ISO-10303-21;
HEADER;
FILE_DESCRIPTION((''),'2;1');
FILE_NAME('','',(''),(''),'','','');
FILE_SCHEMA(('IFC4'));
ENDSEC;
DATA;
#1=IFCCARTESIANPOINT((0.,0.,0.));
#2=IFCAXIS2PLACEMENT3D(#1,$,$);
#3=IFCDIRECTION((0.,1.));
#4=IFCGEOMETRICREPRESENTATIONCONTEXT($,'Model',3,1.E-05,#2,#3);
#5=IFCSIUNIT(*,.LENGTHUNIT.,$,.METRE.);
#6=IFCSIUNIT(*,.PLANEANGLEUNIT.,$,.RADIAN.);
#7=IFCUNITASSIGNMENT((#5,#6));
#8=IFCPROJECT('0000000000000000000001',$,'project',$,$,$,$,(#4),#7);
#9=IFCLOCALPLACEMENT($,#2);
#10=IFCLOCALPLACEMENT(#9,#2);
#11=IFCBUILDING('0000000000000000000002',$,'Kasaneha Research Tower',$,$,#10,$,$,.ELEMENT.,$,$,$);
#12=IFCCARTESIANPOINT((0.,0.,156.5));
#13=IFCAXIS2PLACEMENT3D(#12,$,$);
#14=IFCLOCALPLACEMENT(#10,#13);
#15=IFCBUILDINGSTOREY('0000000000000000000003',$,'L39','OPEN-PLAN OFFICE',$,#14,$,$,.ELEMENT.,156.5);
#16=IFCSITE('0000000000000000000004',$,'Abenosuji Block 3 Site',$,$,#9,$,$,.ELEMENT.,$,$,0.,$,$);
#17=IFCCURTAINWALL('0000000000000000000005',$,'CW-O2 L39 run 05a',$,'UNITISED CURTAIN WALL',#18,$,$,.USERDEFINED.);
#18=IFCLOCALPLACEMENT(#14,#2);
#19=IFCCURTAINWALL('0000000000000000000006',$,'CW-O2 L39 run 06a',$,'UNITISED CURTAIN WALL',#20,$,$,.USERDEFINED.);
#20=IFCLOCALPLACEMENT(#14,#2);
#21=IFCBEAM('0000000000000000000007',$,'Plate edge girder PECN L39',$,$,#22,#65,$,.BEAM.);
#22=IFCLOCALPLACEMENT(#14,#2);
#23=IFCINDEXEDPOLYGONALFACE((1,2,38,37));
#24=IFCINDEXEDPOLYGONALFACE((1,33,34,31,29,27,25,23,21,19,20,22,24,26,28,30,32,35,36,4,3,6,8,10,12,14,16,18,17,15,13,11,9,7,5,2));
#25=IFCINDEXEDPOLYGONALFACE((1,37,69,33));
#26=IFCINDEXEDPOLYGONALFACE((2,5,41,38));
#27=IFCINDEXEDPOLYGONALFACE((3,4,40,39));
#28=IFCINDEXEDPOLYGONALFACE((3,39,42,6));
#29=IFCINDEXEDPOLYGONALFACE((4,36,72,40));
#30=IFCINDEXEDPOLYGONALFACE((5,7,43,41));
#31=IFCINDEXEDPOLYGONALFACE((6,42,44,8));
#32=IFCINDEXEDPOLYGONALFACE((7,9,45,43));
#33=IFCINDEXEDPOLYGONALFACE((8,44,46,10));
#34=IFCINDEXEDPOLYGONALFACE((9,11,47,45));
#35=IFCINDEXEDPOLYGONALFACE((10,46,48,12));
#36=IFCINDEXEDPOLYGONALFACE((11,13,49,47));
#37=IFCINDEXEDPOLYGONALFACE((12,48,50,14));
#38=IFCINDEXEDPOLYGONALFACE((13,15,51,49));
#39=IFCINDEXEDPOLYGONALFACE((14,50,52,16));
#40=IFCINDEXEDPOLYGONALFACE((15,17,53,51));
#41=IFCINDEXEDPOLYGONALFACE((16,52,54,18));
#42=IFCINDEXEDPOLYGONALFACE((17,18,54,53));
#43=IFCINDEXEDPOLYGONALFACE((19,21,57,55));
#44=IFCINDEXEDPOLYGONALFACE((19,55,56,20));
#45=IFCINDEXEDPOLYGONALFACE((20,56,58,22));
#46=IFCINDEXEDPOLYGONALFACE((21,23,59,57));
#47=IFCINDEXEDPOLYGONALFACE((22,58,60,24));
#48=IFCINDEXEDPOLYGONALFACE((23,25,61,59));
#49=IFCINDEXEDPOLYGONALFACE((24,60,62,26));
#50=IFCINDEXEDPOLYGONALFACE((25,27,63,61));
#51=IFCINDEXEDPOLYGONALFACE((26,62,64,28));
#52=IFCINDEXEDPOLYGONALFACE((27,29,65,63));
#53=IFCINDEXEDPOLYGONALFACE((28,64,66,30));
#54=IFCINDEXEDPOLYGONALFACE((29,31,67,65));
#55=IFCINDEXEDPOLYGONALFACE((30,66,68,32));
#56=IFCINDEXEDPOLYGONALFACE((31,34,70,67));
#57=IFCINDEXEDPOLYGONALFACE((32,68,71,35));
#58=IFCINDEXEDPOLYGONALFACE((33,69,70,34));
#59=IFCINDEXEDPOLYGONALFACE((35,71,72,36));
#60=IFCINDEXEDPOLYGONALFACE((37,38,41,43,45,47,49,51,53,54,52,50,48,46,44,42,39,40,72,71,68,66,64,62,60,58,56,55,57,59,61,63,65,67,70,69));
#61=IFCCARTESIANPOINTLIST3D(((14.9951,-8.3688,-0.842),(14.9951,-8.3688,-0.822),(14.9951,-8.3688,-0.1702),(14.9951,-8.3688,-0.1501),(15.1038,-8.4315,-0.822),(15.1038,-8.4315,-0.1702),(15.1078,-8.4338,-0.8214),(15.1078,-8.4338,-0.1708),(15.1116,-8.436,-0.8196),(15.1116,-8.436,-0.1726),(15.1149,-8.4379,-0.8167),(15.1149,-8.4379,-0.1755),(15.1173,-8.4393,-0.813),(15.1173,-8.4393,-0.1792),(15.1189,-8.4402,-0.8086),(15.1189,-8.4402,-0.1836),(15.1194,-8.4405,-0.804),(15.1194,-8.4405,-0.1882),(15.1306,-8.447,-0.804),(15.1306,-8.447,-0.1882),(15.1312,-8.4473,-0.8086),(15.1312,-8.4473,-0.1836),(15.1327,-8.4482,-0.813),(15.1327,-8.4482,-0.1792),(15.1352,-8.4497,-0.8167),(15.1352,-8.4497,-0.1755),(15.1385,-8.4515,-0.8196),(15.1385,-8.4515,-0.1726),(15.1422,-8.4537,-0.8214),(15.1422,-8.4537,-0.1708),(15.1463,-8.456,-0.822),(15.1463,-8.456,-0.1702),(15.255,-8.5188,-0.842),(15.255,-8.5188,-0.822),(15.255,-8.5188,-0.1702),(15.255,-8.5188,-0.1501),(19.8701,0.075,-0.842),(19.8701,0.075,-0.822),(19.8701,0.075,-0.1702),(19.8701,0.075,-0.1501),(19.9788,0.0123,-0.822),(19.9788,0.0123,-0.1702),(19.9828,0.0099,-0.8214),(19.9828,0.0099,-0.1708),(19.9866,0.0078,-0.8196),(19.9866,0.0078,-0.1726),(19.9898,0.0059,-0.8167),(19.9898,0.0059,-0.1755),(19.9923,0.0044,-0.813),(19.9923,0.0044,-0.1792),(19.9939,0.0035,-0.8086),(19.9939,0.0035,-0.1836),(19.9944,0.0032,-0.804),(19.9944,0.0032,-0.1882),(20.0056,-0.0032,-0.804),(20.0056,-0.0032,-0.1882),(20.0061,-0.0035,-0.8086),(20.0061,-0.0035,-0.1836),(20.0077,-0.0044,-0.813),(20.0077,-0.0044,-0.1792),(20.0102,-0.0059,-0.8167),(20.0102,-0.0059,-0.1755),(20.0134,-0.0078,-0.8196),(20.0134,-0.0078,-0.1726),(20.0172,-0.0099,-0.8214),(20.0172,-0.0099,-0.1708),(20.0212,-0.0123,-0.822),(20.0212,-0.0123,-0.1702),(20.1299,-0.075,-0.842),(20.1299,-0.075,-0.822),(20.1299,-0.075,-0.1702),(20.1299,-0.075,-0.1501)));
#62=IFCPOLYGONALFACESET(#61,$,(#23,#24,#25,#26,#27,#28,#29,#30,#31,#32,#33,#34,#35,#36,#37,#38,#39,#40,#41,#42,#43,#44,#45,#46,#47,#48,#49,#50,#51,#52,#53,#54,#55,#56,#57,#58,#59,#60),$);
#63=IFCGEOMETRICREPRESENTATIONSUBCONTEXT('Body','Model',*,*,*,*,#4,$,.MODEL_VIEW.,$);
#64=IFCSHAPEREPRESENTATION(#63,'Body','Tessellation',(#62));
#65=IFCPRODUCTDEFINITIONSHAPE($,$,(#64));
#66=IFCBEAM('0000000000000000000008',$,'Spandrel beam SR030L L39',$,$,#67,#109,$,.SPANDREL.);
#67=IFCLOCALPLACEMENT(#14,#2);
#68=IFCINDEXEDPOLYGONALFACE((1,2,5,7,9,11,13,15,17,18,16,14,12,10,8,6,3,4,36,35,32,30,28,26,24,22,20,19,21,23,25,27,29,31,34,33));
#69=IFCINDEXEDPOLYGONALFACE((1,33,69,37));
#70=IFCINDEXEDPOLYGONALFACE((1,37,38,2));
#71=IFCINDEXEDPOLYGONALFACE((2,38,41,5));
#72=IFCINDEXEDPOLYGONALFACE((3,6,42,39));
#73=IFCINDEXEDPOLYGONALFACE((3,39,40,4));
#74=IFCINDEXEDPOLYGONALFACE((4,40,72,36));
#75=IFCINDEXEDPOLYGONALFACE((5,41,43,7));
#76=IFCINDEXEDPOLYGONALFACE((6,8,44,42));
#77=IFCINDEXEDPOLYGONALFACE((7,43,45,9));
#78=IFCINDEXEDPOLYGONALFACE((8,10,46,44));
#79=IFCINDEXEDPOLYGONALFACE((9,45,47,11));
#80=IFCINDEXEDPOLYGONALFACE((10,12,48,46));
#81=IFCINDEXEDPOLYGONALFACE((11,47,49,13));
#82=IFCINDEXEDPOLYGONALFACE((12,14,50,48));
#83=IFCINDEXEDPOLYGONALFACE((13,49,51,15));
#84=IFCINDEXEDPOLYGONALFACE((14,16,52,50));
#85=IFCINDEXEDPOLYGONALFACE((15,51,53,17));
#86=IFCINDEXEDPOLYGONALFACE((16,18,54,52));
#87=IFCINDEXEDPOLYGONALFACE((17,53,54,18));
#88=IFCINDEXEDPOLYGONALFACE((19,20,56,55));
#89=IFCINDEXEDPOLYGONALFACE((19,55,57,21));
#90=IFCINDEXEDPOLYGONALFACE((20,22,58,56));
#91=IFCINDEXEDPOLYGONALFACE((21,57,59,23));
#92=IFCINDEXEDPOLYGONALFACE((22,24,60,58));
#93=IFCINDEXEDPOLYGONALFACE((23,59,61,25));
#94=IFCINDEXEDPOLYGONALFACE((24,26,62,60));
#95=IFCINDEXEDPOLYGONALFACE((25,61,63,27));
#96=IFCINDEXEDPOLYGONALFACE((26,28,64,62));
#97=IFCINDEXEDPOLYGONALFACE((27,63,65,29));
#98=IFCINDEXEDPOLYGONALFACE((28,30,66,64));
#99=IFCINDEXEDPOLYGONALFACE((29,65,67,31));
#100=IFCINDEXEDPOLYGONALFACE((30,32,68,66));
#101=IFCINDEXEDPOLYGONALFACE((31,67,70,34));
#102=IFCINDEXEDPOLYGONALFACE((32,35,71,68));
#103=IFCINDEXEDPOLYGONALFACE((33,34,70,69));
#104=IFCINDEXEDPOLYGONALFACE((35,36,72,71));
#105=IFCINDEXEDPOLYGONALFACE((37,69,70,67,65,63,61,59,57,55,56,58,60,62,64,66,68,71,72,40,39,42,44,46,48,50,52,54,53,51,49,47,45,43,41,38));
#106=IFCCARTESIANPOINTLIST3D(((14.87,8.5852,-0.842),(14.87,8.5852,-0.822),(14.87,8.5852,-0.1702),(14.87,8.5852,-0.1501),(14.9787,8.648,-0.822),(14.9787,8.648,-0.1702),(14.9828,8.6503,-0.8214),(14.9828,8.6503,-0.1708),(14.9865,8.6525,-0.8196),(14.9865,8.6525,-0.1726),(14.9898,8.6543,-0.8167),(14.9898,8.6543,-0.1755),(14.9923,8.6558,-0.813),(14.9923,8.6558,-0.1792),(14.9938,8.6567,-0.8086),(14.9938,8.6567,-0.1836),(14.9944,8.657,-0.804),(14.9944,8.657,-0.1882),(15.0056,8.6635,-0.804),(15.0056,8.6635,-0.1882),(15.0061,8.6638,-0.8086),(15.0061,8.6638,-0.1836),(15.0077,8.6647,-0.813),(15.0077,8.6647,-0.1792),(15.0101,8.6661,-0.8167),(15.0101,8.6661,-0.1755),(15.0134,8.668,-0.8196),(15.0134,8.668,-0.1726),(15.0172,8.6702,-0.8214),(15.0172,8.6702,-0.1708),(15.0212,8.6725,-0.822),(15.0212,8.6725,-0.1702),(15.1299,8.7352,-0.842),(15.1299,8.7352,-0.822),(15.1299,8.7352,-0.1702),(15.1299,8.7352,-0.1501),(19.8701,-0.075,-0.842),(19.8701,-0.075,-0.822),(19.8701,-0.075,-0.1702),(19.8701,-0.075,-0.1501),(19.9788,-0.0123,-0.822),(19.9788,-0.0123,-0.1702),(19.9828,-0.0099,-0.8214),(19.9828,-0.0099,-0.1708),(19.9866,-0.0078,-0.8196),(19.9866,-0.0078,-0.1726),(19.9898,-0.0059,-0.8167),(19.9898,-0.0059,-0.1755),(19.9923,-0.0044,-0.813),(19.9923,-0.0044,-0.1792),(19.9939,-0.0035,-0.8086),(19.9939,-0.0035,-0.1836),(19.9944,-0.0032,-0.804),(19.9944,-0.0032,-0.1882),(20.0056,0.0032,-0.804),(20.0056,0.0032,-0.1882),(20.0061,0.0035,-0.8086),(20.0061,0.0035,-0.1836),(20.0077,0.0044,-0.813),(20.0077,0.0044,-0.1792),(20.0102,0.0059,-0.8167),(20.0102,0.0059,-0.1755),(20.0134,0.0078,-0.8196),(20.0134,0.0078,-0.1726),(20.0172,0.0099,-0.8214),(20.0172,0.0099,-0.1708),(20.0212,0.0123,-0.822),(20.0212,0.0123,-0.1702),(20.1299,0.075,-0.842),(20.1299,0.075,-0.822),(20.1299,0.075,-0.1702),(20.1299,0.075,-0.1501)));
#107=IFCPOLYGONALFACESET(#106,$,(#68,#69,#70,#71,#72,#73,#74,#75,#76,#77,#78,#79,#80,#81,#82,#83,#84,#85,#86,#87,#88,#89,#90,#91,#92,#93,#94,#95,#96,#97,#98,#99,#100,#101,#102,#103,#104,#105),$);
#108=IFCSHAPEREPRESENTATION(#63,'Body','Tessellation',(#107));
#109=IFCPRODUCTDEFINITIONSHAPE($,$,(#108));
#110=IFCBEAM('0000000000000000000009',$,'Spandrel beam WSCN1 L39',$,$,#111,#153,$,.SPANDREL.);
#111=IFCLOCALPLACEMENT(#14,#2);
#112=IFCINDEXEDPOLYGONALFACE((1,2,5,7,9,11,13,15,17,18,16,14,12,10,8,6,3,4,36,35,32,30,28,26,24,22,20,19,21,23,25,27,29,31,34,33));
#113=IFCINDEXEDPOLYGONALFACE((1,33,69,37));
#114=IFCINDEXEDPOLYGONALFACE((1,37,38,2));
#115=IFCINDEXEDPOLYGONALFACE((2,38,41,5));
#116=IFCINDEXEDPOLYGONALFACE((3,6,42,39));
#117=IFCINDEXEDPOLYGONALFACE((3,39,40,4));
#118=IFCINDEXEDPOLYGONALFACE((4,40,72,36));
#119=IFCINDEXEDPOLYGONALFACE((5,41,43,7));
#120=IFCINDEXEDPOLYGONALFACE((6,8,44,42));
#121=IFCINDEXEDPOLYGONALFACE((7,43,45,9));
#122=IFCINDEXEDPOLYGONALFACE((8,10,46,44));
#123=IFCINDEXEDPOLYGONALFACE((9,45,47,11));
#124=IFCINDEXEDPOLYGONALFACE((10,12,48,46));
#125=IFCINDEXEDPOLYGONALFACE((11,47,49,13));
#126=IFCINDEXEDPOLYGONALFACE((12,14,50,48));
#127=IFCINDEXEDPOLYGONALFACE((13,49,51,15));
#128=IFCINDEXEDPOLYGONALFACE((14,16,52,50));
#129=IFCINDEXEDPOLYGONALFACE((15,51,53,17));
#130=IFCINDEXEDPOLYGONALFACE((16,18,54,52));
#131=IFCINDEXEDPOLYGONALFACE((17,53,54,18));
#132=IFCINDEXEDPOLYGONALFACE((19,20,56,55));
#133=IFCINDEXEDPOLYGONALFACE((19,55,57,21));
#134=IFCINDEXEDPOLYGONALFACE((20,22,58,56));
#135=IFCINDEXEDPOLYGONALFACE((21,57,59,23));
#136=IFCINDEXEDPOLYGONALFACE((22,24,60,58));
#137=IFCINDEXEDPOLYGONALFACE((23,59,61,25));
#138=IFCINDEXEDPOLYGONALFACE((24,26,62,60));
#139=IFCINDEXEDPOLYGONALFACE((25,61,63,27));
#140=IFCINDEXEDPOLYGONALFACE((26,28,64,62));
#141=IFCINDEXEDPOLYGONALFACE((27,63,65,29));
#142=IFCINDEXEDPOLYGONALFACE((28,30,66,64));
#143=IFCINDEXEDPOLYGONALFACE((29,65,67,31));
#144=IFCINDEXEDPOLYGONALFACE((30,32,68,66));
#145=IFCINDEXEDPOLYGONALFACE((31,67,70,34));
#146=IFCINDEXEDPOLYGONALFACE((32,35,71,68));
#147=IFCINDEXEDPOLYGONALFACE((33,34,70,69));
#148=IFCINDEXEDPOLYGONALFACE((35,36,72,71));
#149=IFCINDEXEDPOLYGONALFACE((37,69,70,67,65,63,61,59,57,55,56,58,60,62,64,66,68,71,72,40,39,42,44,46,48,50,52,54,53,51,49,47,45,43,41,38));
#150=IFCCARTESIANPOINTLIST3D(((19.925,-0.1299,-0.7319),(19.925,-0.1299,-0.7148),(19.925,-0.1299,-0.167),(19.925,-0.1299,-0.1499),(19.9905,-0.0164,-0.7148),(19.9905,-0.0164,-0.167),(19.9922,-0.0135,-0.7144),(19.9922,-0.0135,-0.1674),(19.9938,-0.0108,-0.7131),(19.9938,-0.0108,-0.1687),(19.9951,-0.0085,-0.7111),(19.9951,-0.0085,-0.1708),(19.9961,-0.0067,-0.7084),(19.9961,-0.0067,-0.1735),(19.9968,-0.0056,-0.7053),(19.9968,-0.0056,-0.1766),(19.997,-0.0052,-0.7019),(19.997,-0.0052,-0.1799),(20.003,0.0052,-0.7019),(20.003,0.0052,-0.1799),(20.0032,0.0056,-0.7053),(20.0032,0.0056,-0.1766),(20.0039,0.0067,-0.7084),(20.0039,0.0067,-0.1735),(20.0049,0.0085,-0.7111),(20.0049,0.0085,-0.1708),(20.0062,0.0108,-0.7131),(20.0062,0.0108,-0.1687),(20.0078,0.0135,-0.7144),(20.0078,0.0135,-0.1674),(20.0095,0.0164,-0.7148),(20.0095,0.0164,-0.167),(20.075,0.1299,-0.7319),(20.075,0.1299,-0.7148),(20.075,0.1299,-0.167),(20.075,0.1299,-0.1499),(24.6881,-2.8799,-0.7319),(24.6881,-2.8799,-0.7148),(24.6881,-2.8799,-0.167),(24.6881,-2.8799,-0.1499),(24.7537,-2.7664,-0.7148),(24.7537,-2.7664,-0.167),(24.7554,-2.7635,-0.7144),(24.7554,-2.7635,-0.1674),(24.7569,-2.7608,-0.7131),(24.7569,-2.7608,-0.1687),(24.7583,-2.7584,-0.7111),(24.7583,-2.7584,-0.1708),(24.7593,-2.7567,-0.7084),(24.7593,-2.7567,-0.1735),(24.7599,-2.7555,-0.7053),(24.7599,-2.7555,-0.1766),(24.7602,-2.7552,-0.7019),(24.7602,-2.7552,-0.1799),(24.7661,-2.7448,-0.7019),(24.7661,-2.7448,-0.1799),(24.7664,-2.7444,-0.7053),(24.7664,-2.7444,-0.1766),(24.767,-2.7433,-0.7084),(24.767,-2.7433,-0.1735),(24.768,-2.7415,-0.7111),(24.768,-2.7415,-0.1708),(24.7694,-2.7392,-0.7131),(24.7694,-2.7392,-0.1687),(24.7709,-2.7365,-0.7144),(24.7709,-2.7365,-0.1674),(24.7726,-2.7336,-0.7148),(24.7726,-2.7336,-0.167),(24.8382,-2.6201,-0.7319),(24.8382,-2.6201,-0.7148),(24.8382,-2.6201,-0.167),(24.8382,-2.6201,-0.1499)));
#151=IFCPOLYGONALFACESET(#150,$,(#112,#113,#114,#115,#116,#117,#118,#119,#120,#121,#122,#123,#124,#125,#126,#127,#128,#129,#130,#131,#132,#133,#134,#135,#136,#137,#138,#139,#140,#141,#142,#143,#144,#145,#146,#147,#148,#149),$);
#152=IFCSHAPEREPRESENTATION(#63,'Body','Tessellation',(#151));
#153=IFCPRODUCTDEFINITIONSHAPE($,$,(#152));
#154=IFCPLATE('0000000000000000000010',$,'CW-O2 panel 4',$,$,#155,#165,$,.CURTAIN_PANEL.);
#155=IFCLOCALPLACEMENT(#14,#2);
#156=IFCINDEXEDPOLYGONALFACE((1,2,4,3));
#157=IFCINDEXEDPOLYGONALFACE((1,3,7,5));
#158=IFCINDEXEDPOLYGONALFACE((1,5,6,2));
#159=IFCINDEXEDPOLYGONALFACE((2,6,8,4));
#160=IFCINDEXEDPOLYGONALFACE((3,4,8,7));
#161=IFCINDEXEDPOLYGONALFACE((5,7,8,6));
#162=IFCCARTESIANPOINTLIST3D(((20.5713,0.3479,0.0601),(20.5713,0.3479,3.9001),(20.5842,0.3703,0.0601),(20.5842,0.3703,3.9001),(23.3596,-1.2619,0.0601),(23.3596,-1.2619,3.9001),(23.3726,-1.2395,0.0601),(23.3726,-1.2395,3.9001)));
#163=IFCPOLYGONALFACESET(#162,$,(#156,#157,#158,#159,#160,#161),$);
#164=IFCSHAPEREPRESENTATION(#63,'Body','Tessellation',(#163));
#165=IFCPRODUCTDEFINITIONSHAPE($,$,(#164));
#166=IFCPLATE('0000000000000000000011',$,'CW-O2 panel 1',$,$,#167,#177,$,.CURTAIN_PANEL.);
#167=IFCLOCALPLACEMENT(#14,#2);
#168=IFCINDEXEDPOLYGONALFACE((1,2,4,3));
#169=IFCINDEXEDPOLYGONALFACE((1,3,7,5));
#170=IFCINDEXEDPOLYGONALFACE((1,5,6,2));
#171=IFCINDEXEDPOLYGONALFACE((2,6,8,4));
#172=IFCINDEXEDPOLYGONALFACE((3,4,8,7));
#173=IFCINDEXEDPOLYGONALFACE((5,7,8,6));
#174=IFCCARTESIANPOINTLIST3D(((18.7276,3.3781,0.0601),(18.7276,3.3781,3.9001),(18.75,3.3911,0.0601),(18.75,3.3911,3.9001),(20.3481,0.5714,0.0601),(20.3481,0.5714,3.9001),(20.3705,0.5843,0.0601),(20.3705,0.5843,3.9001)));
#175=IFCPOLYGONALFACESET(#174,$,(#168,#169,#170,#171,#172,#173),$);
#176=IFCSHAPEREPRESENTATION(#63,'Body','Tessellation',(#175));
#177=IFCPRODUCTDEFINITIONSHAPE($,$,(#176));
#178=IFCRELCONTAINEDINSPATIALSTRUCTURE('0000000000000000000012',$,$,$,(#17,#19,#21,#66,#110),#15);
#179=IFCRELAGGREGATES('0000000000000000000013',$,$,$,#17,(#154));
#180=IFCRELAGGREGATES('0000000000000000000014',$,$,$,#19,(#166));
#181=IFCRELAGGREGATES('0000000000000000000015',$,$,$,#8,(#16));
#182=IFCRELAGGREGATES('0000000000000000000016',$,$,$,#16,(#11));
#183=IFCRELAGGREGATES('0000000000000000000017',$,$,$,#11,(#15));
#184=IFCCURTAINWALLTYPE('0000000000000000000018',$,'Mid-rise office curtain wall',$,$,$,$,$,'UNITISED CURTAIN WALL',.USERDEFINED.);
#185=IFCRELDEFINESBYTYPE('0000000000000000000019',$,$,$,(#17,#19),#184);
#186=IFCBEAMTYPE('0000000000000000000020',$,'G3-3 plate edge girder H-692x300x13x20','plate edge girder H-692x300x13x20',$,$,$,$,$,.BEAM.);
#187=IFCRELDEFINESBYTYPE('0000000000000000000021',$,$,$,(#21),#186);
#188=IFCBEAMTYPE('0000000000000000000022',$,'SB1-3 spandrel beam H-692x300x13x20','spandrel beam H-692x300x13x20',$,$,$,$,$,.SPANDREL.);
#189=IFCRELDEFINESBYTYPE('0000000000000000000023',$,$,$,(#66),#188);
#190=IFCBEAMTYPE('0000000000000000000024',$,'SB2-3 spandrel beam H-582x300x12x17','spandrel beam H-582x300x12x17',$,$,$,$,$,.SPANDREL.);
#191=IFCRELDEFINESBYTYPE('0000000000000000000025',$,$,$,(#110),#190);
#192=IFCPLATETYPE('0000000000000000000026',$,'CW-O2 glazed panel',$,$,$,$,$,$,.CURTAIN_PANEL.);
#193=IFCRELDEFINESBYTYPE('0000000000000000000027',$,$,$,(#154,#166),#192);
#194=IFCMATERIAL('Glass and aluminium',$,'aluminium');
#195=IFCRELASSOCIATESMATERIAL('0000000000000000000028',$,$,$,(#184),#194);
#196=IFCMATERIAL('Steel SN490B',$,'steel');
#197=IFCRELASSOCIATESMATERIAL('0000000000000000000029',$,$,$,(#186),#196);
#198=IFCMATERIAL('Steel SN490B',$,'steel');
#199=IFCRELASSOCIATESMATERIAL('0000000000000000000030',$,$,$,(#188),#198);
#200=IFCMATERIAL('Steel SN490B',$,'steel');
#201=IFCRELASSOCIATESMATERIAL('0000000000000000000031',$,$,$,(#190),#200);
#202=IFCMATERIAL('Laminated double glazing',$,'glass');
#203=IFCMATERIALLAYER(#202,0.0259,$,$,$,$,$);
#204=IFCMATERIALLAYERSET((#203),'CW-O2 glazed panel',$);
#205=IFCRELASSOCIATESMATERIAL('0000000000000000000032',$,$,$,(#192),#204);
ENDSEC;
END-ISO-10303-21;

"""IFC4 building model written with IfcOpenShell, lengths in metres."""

from ifc_helpers import new_model, si_unit, direction, frame, origin, origin_2d, place, context, subcontext, project, spatial, rectangle, i_section, extrude, material, layer, layer_set, material_profile, profile_set, type_object, element, aggregate, save


model = new_model("IFC4")

# Units and contexts
model_context = context("Model", 3, precision=1e-05, world=origin(), true_north=direction((0.0, 1.0)))
body_context = subcontext(model_context, "Body", "Model", "MODEL_VIEW")
ifc_project = project(units=[si_unit("LENGTHUNIT", "METRE"), si_unit("PLANEANGLEUNIT", "RADIAN")], contexts=[model_context])

# Site, building, storey
site_placement = place(None, origin())
site = spatial("IfcSite", under=ifc_project, at=site_placement, Name="Abenosuji Block 3 Site", CompositionType="ELEMENT", RefElevation=0.0)
building_placement = place(site_placement, origin())
building = spatial("IfcBuilding", under=site, at=building_placement, Name="Kasaneha Research Tower", CompositionType="ELEMENT")
storey_placement = place(building_placement, frame((0.0, 0.0, 156.5)))
storey = spatial("IfcBuildingStorey", under=building, at=storey_placement, Name="L39", Description="OPEN-PLAN OFFICE", CompositionType="ELEMENT", Elevation=156.5)

# Curtain walls
ifc_material_1 = material(Name="Glass and aluminium", Category="aluminium")
curtain_wall_type = type_object("IfcCurtainWallType", Name="Mid-rise office curtain wall", ElementType="UNITISED CURTAIN WALL", PredefinedType="USERDEFINED", material=ifc_material_1)
curtain_wall_1_placement = place(storey_placement, origin())
curtain_wall_1 = element("IfcCurtainWall", 1, at=curtain_wall_1_placement, inside=storey, type_object=curtain_wall_type, Name="CW-O2 L39 run 05a", ObjectType="UNITISED CURTAIN WALL", PredefinedType="USERDEFINED")
curtain_wall_2_placement = place(storey_placement, origin())
curtain_wall_2 = element("IfcCurtainWall", 2, at=curtain_wall_2_placement, inside=storey, type_object=curtain_wall_type, Name="CW-O2 L39 run 06a", ObjectType="UNITISED CURTAIN WALL", PredefinedType="USERDEFINED")

# Beams
ifc_material_2 = material(Name="Steel SN490B", Category="steel")
ifc_material_profile_1 = material_profile(ifc_material_2, i_section(OverallWidth=0.3, OverallDepth=0.6919, WebThickness=0.0129, FlangeThickness=0.02, FilletRadius=0.0181, at=origin_2d()), Name="H-692x300x13x20")
ifc_profile_set_1 = profile_set([ifc_material_profile_1], Name="Steel SN490B")
beam_type_1 = type_object("IfcBeamType", Name="G3-3 plate edge girder H-692x300x13x20", Description="plate edge girder H-692x300x13x20", PredefinedType="BEAM", material=ifc_profile_set_1)
beam_1_placement = place(storey_placement, frame((20.0, 0.0, -0.4961), z_axis=(-0.499996, -0.866028, 0.0), x_axis=(0.866028, -0.499996, 0.0)))
element("IfcBeam", 3, at=beam_1_placement, inside=storey, type_object=beam_type_1, Name="Plate edge girder PECN L39", PredefinedType="BEAM", context=body_context, shape_type="SweptSolid", body=[
    extrude(i_section(OverallWidth=0.3, OverallDepth=0.6919, WebThickness=0.0129, FlangeThickness=0.02, FilletRadius=0.0181, at=origin_2d()), origin(), (0.0, 0.0, 1.0), 9.75),
])
ifc_material_3 = material(Name="Steel SN490B", Category="steel")
ifc_material_profile_2 = material_profile(ifc_material_3, i_section(OverallWidth=0.3, OverallDepth=0.6919, WebThickness=0.0129, FlangeThickness=0.02, FilletRadius=0.0181, at=origin_2d()), Name="H-692x300x13x20")
ifc_profile_set_2 = profile_set([ifc_material_profile_2], Name="Steel SN490B")
beam_type_2 = type_object("IfcBeamType", Name="SB1-3 spandrel beam H-692x300x13x20", Description="spandrel beam H-692x300x13x20", PredefinedType="SPANDREL", material=ifc_profile_set_2)
beam_2_placement = place(storey_placement, frame((20.0, 0.0, -0.4961), z_axis=(-0.500004, 0.866023, 0.0), x_axis=(-0.866023, -0.500004, 0.0)))
element("IfcBeam", 4, at=beam_2_placement, inside=storey, type_object=beam_type_2, Name="Spandrel beam SR030L L39", PredefinedType="SPANDREL", context=body_context, shape_type="SweptSolid", body=[
    extrude(i_section(OverallWidth=0.3, OverallDepth=0.6919, WebThickness=0.0129, FlangeThickness=0.02, FilletRadius=0.0181, at=origin_2d()), origin(), (0.0, 0.0, 1.0), 10.0),
])
ifc_material_4 = material(Name="Steel SN490B", Category="steel")
ifc_material_profile_3 = material_profile(ifc_material_4, i_section(OverallWidth=0.3, OverallDepth=0.582, WebThickness=0.012, FlangeThickness=0.0171, FilletRadius=0.0129, at=origin_2d()), Name="H-582x300x12x17")
ifc_profile_set_3 = profile_set([ifc_material_profile_3], Name="Steel SN490B")
beam_type_3 = type_object("IfcBeamType", Name="SB2-3 spandrel beam H-582x300x12x17", Description="spandrel beam H-582x300x12x17", PredefinedType="SPANDREL", material=ifc_profile_set_3)
beam_3_placement = place(storey_placement, frame((20.0, 0.0, -0.4409), z_axis=(0.866027, -0.499997, 0.0), x_axis=(0.499997, 0.866027, 0.0)))
element("IfcBeam", 5, at=beam_3_placement, inside=storey, type_object=beam_type_3, Name="Spandrel beam WSCN1 L39", PredefinedType="SPANDREL", context=body_context, shape_type="SweptSolid", body=[
    extrude(i_section(OverallWidth=0.3, OverallDepth=0.582, WebThickness=0.012, FlangeThickness=0.0171, FilletRadius=0.0129, at=origin_2d()), origin(), (0.0, 0.0, 1.0), 5.5),
])

# Plates
ifc_material_5 = material(Name="Laminated double glazing", Category="glass")
ifc_layer = layer(ifc_material_5, 0.0259)
ifc_layer_set = layer_set([ifc_layer], Name="CW-O2 glazed panel")
plate_type = type_object("IfcPlateType", Name="CW-O2 glazed panel", PredefinedType="CURTAIN_PANEL", material=ifc_layer_set)
plate_1_placement = place(storey_placement, frame((21.9719, -0.4458, 0.0601), z_axis=(0.0, 0.0, 1.0), x_axis=(-0.866025, 0.5, 0.0)))
plate_1 = element("IfcPlate", 6, at=plate_1_placement, type_object=plate_type, Name="CW-O2 panel 4", PredefinedType="CURTAIN_PANEL", context=body_context, shape_type="SweptSolid", body=[
    extrude(rectangle(XDim=3.2197, YDim=0.0259, at=origin_2d()), origin(), (0.0, 0.0, 1.0), 3.8401),
])
aggregate(curtain_wall_1, [plate_1])
plate_2_placement = place(storey_placement, frame((19.5491, 1.9812, 0.0601), z_axis=(0.0, 0.0, 1.0), x_axis=(-0.5, 0.866025, 0.0)))
plate_2 = element("IfcPlate", 7, at=plate_2_placement, type_object=plate_type, Name="CW-O2 panel 1", PredefinedType="CURTAIN_PANEL", context=body_context, shape_type="SweptSolid", body=[
    extrude(rectangle(XDim=3.241, YDim=0.0259, at=origin_2d()), origin(), (0.0, 0.0, 1.0), 3.8401),
])
aggregate(curtain_wall_2, [plate_2])

save(model, "model.ifc")
